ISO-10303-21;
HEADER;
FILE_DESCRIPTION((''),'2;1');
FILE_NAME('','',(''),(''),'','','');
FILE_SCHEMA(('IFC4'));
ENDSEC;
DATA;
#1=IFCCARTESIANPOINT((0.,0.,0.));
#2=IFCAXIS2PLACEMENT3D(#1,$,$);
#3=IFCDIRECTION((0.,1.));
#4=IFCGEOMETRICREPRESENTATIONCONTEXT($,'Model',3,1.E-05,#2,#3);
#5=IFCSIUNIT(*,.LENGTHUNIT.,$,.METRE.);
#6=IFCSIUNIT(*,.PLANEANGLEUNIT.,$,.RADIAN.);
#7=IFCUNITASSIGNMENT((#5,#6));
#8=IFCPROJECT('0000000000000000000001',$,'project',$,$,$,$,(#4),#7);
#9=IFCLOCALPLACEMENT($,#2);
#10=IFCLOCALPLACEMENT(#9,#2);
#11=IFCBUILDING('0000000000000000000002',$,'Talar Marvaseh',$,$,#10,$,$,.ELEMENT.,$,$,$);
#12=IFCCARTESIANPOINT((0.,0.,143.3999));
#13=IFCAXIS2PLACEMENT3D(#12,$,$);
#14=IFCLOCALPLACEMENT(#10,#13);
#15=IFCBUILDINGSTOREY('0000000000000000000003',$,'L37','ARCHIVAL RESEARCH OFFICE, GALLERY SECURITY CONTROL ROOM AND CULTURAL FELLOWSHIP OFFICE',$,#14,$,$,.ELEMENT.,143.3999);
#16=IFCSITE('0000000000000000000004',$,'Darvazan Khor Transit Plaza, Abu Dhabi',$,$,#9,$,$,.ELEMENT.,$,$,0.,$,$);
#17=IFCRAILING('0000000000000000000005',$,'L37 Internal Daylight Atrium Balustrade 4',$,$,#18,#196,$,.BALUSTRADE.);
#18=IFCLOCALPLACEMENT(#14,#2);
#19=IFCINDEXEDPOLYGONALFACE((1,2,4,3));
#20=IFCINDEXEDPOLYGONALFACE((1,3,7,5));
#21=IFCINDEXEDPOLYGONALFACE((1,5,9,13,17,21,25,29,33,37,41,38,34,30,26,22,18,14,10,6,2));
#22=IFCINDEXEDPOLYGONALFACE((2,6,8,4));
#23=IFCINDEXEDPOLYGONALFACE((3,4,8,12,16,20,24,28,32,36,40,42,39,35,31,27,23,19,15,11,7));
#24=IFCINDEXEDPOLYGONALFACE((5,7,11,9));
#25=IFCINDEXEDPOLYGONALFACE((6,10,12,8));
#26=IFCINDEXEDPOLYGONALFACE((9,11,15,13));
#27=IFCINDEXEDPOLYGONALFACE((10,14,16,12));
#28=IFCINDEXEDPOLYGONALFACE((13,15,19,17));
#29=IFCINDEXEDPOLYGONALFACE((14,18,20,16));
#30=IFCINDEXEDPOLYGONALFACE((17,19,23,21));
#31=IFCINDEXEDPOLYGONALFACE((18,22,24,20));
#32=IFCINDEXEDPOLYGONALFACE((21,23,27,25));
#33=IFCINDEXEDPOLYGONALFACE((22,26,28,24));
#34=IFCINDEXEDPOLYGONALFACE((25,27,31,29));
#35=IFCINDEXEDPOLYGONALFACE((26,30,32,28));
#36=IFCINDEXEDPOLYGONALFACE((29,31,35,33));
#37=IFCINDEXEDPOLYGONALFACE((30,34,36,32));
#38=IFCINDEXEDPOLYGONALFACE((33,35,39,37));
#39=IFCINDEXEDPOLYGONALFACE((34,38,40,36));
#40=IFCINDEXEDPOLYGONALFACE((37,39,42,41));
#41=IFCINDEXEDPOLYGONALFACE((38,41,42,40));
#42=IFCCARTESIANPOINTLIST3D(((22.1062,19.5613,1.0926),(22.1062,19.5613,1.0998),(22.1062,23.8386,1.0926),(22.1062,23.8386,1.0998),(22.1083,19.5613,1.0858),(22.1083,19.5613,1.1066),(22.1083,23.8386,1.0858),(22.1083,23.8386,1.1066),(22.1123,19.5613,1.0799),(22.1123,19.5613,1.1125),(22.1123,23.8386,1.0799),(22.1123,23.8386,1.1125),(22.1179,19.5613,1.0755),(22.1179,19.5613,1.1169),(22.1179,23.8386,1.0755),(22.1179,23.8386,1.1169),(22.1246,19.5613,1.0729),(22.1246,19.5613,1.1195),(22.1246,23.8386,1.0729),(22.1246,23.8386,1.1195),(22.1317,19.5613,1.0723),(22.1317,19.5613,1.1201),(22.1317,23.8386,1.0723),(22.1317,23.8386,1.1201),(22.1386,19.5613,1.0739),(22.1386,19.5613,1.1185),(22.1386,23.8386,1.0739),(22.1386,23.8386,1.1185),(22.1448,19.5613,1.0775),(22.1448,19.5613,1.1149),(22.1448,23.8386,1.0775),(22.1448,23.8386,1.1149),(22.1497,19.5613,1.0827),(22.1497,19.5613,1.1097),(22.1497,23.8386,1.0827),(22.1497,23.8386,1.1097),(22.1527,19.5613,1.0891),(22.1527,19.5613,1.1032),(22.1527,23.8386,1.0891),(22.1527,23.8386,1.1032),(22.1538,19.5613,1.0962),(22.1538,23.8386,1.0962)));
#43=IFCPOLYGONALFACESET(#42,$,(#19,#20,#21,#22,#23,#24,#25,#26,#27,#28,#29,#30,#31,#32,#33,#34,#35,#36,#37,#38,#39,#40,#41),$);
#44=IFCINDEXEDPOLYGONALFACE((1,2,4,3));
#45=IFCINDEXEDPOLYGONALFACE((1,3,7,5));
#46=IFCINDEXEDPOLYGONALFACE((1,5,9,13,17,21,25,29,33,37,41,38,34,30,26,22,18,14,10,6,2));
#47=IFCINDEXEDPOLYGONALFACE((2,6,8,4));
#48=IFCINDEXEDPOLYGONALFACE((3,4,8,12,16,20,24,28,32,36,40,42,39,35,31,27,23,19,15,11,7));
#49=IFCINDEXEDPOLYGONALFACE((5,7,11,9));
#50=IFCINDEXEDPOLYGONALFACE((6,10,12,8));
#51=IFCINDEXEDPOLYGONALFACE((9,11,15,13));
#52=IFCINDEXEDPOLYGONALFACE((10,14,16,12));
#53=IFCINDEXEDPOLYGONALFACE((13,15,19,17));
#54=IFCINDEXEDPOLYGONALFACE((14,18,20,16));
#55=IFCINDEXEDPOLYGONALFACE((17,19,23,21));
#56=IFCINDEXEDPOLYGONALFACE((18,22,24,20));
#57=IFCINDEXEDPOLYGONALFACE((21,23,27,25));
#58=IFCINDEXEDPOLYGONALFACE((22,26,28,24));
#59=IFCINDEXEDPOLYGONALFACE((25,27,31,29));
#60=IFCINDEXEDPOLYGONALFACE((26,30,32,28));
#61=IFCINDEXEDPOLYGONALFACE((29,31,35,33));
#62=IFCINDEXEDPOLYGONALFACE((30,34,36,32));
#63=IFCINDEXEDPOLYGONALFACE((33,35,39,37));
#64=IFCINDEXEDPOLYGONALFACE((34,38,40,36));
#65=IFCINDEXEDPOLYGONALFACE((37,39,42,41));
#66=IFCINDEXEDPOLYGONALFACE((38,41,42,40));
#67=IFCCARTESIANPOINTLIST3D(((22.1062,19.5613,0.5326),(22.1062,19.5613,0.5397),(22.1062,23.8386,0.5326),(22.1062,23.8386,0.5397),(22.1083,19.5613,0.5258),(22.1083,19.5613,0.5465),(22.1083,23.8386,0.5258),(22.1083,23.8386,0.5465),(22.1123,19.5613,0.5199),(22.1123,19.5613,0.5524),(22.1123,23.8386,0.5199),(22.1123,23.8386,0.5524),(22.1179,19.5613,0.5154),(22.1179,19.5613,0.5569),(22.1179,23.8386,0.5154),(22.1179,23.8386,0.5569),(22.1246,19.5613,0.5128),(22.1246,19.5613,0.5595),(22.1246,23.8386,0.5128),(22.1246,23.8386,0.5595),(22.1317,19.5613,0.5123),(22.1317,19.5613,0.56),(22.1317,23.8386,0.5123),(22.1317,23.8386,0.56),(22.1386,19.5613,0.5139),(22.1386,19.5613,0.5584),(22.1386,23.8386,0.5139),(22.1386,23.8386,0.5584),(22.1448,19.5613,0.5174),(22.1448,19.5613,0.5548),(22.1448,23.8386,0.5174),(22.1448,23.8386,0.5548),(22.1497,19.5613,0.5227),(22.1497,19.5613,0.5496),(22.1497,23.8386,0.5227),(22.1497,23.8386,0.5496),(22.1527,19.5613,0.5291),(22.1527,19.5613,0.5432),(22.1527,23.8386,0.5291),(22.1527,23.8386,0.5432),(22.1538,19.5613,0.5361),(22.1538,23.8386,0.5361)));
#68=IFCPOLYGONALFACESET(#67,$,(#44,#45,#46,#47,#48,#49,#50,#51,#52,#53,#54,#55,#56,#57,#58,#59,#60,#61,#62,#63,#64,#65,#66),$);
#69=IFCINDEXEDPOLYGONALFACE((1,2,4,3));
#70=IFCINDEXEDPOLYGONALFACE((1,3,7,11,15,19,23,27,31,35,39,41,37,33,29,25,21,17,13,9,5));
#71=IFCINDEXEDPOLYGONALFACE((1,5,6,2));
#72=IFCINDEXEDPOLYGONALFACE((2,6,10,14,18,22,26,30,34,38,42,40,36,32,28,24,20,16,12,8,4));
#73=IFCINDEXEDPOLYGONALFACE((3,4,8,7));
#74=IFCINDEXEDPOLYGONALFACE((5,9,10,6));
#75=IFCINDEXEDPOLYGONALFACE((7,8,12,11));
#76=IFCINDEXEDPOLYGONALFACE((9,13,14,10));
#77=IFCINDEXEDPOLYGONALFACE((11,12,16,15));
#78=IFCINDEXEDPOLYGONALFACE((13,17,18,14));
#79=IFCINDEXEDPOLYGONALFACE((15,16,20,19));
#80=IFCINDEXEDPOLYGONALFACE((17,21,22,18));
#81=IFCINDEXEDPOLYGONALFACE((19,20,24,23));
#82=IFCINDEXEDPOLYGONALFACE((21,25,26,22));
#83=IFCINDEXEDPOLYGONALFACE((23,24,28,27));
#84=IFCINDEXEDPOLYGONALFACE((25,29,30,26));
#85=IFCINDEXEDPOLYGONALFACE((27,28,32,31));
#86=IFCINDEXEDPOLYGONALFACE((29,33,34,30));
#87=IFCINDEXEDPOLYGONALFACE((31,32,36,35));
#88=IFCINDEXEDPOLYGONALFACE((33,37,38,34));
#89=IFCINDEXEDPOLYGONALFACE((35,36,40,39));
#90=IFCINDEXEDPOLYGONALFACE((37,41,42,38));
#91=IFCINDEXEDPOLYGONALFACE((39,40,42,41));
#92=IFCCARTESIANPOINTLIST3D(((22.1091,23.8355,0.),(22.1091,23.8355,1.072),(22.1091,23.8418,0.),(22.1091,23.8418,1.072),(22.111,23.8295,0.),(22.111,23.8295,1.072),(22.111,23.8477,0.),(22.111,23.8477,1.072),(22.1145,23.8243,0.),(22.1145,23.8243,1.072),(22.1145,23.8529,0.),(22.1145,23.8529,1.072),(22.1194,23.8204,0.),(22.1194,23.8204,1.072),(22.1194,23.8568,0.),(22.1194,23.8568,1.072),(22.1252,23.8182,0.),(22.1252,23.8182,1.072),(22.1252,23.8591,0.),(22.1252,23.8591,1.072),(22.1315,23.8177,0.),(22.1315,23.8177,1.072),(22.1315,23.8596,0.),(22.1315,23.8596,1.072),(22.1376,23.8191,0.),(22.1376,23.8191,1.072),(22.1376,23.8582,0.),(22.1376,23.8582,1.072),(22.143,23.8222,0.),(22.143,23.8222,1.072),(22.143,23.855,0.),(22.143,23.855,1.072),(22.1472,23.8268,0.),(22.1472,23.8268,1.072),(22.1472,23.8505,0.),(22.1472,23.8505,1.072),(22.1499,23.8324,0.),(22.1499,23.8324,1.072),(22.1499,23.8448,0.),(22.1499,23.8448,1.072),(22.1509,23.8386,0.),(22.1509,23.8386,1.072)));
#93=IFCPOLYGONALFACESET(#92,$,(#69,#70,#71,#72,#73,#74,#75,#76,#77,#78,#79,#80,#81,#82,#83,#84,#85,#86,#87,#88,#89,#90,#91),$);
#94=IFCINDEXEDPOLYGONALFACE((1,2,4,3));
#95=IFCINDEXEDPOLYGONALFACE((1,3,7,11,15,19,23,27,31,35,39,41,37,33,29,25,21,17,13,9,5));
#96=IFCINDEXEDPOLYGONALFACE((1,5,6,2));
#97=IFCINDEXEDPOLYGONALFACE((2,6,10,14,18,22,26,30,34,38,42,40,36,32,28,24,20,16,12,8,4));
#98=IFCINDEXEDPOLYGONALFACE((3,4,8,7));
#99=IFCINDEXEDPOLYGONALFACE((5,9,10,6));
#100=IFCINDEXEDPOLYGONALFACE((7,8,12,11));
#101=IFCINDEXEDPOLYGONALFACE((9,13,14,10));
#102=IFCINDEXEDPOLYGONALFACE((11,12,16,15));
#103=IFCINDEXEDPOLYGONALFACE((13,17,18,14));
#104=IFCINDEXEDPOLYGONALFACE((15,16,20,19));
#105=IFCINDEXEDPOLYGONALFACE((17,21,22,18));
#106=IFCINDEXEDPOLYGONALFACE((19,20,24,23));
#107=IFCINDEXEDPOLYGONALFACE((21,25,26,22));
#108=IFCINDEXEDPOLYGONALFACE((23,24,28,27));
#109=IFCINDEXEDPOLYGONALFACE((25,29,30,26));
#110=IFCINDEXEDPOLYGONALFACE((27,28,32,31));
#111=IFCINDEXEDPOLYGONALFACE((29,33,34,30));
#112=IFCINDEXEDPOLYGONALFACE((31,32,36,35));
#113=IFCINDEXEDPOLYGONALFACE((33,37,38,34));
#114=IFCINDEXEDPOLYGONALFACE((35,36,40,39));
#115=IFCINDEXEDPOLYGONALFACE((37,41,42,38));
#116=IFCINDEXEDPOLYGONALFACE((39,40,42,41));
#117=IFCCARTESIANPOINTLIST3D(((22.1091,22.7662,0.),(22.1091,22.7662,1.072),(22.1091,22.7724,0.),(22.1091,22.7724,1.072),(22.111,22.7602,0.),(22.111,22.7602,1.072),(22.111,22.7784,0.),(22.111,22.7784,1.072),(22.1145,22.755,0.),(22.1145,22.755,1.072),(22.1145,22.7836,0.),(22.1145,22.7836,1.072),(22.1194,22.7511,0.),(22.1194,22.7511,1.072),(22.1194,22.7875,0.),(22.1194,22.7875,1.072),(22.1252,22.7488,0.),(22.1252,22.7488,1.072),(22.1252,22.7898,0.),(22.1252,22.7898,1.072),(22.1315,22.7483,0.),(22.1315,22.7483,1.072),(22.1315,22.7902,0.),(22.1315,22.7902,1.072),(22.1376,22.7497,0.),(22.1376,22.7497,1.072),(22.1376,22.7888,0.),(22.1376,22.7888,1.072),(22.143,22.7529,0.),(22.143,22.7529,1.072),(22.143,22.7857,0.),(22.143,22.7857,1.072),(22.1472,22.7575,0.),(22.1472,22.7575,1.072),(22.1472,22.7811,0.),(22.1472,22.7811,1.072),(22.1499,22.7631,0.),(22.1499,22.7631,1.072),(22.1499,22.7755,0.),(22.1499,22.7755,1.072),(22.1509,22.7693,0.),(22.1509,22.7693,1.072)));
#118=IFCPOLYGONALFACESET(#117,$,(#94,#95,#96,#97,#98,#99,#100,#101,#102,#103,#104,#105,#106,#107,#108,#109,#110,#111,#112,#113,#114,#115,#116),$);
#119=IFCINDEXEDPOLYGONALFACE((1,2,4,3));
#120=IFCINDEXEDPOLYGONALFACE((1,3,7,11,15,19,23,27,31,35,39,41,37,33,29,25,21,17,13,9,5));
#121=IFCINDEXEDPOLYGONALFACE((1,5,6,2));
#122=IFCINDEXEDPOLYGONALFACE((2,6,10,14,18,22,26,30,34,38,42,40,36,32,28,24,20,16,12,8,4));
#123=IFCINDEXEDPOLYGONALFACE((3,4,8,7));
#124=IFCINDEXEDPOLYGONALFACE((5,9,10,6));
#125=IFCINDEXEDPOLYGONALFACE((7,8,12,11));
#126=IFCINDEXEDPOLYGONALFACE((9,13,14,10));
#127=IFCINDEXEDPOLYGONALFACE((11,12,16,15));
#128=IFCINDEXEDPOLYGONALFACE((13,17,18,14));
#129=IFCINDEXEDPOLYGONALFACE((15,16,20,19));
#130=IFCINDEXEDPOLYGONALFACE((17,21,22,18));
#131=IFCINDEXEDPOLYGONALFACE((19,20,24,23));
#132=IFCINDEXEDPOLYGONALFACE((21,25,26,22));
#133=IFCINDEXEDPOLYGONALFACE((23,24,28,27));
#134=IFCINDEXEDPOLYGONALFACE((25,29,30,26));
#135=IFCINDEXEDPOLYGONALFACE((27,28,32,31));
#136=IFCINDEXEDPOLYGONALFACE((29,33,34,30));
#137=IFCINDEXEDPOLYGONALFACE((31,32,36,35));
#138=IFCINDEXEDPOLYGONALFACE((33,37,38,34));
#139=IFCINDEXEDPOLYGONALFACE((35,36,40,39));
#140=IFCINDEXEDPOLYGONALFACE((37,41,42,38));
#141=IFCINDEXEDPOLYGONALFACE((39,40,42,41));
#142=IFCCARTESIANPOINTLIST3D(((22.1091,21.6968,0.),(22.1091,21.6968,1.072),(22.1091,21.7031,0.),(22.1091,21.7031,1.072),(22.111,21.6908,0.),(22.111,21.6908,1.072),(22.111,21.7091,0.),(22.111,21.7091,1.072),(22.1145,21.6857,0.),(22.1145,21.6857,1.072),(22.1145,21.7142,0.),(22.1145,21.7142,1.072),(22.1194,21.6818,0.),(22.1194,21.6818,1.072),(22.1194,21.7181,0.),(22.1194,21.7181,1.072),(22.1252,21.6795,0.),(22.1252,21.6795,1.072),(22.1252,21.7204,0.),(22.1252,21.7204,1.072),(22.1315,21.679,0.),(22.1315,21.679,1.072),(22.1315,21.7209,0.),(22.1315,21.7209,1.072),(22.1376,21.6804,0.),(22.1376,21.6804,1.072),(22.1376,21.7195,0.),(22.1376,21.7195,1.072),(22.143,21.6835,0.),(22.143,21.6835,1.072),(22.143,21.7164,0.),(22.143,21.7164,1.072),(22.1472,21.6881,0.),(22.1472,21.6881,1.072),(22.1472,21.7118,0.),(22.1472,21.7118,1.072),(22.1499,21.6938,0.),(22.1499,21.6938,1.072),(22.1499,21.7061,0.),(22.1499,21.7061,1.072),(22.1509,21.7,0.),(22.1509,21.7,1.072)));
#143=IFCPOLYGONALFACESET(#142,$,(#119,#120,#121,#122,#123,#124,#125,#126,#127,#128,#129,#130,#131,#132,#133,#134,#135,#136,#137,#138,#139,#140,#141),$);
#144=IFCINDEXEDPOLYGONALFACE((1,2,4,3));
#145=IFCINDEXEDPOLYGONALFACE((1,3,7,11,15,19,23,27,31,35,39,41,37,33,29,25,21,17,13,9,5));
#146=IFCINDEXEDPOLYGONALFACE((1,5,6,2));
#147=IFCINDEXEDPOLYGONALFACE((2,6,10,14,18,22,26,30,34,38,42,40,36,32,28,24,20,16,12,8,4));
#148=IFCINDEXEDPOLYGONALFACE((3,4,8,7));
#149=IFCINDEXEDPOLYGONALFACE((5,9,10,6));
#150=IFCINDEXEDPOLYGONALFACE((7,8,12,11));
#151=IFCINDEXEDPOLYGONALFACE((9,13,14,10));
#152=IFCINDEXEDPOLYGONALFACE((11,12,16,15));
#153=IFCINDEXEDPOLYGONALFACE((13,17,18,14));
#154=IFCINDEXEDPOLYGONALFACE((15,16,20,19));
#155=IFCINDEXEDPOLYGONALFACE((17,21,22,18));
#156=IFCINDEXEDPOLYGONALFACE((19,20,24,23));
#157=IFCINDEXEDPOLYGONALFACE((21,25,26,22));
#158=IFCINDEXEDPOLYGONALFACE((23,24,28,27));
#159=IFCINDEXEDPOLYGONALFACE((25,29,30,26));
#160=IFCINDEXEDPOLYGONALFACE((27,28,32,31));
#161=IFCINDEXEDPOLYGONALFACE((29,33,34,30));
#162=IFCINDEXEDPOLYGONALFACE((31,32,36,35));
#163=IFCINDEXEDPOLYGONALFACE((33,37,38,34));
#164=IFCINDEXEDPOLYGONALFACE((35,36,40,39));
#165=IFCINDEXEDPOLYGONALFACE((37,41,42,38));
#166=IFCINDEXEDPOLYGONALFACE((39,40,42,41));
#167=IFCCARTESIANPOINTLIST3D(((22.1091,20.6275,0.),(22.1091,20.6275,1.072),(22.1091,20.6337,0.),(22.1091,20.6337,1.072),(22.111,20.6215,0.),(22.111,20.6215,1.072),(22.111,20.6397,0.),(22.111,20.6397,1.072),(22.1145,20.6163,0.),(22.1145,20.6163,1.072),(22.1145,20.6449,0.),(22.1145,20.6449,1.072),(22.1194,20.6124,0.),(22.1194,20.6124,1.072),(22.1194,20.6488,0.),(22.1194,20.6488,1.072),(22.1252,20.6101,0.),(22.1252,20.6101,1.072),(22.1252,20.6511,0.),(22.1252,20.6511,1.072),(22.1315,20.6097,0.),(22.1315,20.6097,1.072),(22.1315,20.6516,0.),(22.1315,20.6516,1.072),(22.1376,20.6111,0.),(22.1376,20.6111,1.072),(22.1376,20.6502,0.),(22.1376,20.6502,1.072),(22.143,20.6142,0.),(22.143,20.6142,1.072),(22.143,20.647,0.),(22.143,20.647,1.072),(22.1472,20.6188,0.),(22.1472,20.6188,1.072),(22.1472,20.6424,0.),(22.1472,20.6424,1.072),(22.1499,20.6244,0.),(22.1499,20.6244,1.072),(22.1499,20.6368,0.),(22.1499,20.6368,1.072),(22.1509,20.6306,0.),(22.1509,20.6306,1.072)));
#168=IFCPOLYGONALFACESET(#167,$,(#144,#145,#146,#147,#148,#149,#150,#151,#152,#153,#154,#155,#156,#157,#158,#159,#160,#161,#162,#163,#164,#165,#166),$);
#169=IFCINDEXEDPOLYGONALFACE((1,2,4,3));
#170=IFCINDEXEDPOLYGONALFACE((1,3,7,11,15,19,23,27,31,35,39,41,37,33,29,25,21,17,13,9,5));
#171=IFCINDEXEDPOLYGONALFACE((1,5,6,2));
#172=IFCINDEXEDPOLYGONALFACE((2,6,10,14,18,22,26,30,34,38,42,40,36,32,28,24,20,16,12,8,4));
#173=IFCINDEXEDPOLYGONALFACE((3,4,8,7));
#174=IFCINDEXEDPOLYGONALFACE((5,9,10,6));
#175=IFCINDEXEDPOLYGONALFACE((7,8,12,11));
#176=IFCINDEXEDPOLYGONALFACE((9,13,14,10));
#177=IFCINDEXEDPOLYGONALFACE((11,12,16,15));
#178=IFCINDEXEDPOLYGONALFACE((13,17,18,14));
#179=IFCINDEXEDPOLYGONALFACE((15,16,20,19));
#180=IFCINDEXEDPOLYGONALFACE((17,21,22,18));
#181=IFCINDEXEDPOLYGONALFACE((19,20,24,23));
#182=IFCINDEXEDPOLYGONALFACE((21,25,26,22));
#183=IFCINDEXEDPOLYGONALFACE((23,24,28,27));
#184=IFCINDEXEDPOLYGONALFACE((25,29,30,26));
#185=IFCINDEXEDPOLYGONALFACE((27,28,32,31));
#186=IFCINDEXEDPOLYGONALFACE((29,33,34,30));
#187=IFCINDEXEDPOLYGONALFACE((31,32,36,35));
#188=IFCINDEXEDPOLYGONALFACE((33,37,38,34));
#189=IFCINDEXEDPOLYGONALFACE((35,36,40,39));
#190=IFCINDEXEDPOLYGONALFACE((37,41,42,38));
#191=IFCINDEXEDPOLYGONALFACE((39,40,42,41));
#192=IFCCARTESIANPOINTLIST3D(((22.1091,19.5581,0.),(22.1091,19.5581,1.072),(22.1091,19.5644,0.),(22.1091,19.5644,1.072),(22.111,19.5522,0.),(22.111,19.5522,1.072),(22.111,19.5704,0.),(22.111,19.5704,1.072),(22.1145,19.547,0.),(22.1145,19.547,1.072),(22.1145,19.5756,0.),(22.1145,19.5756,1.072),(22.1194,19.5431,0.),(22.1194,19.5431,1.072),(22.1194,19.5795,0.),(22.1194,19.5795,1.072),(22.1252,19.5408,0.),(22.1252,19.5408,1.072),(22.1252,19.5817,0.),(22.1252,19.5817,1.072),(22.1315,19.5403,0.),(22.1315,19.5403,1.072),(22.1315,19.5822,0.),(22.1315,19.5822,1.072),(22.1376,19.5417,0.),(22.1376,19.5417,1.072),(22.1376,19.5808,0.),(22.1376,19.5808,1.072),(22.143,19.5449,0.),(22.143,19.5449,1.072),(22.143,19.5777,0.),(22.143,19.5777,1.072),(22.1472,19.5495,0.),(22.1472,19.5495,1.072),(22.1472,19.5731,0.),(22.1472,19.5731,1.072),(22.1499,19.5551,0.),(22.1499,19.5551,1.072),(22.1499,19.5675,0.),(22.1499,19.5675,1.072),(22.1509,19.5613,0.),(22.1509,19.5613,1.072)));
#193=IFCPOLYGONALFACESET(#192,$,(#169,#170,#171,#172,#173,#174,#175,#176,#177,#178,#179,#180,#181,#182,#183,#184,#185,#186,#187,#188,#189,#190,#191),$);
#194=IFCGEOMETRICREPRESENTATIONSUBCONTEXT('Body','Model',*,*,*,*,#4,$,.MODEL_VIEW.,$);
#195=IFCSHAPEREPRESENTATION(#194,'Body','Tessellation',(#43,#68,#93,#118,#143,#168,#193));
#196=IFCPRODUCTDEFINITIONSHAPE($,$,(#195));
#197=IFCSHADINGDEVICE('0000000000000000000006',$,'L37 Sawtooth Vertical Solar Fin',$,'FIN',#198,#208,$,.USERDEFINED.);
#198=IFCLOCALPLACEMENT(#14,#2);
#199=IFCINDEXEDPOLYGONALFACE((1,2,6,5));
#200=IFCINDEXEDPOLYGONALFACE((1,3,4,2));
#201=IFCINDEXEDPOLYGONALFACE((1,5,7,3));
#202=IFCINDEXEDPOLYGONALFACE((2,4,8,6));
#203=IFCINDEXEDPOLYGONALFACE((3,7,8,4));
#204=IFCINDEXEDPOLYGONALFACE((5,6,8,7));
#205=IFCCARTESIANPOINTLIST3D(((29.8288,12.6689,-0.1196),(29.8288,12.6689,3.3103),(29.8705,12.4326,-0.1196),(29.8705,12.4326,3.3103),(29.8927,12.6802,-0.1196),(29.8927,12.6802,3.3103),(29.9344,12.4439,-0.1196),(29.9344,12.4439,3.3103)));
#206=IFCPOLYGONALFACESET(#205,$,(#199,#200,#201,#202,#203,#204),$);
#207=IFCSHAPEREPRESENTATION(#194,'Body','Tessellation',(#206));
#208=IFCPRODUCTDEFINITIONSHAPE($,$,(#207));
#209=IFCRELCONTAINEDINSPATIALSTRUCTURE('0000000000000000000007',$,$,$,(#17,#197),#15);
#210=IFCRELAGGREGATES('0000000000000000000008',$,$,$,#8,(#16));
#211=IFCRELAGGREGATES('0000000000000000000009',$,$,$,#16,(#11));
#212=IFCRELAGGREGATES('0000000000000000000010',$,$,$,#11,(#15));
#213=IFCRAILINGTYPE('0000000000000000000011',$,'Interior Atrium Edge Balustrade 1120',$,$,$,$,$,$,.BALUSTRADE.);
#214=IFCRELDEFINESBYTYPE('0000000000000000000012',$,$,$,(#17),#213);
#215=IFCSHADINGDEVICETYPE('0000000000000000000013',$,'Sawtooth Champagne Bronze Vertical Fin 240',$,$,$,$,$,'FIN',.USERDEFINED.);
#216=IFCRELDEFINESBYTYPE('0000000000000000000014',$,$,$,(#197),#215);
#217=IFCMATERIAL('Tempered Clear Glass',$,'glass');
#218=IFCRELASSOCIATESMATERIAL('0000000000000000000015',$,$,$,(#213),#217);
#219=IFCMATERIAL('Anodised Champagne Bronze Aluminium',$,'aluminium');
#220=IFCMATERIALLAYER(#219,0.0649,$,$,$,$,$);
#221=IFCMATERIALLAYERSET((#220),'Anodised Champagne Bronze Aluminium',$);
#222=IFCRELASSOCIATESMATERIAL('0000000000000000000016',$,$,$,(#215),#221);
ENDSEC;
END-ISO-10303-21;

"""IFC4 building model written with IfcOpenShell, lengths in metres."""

from ifc_helpers import new_model, si_unit, direction, frame, origin, origin_2d, place, context, subcontext, project, spatial, rectangle, circle, extrude, source, transform, mapped, material, layer, layer_set, type_object, type_shapes, element, save


model = new_model("IFC4")

# Units and contexts
model_context = context("Model", 3, precision=1e-05, world=origin(), true_north=direction((0.0, 1.0)))
body_context = subcontext(model_context, "Body", "Model", "MODEL_VIEW")
ifc_project = project(units=[si_unit("LENGTHUNIT", "METRE"), si_unit("PLANEANGLEUNIT", "RADIAN")], contexts=[model_context])

# Site, building, storey
site_placement = place(None, origin())
site = spatial("IfcSite", under=ifc_project, at=site_placement, Name="Darvazan Khor Transit Plaza, Abu Dhabi", CompositionType="ELEMENT", RefElevation=0.0)
building_placement = place(site_placement, origin())
building = spatial("IfcBuilding", under=site, at=building_placement, Name="Talar Marvaseh", CompositionType="ELEMENT")
storey_placement = place(building_placement, frame((0.0, 0.0, 143.3999)))
storey = spatial("IfcBuildingStorey", under=building, at=storey_placement, Name="L37", Description="ARCHIVAL RESEARCH OFFICE, GALLERY SECURITY CONTROL ROOM AND CULTURAL FELLOWSHIP OFFICE", CompositionType="ELEMENT", Elevation=143.3999)

# Railing
ifc_material_1 = material(Name="Tempered Clear Glass", Category="glass")
railing_type_1 = type_object("IfcRailingType", Name="Interior Atrium Edge Balustrade 1120", PredefinedType="BALUSTRADE", material=ifc_material_1)
railing_1_placement = place(storey_placement, frame((22.1299, 23.8386, 0.0)))
element("IfcRailing", 1, at=railing_1_placement, inside=storey, type_object=railing_type_1, Name="L37 Internal Daylight Atrium Balustrade 4", PredefinedType="BALUSTRADE", context=body_context, shape_type="SweptSolid", body=[
    extrude(circle(Radius=0.0239, at=origin_2d()), frame((0.0, 0.0, 1.0962), z_axis=(0.0, -1.0, 0.0), x_axis=(1.0, 0.0, 0.0)), (0.0, 0.0, 1.0), 4.2773),
    extrude(circle(Radius=0.0239, at=origin_2d()), frame((0.0, 0.0, 0.5361), z_axis=(0.0, -1.0, 0.0), x_axis=(1.0, 0.0, 0.0)), (0.0, 0.0, 1.0), 4.2773),
    extrude(circle(Radius=0.021, at=origin_2d()), origin(), (0.0, 0.0, 1.0), 1.072),
    extrude(circle(Radius=0.021, at=origin_2d()), frame((0.0, -1.0693, 0.0)), (0.0, 0.0, 1.0), 1.072),
    extrude(circle(Radius=0.021, at=origin_2d()), frame((0.0, -2.1387, 0.0)), (0.0, 0.0, 1.0), 1.072),
    extrude(circle(Radius=0.021, at=origin_2d()), frame((0.0, -3.208, 0.0)), (0.0, 0.0, 1.0), 1.072),
    extrude(circle(Radius=0.021, at=origin_2d()), frame((0.0, -4.2773, 0.0)), (0.0, 0.0, 1.0), 1.072),
])

# Shading device
ifc_material_2 = material(Name="Anodised Champagne Bronze Aluminium", Category="aluminium")
ifc_layer_1 = layer(ifc_material_2, 0.0649)
ifc_layer_set_1 = layer_set([ifc_layer_1], Name="Anodised Champagne Bronze Aluminium")
shading_device_type = type_object("IfcShadingDeviceType", Name="Sawtooth Champagne Bronze Vertical Fin 240", ElementType="FIN", PredefinedType="USERDEFINED", material=ifc_layer_set_1)
shared_shape_1 = source(origin(), body_context, "Body", "SweptSolid", [
    extrude(rectangle(XDim=0.24, YDim=0.0649, at=origin_2d()), origin(), (0.0, 0.0, 1.0), 3.4299),
])
type_shapes(shading_device_type, [shared_shape_1])
shading_device_placement = place(storey_placement, frame((29.8816, 12.5564, -0.1196), z_axis=(0.0, 0.0, 1.0), x_axis=(0.17382, -0.984777, 0.0)))
element("IfcShadingDevice", 2, at=shading_device_placement, inside=storey, type_object=shading_device_type, Name="L37 Sawtooth Vertical Solar Fin", ObjectType="FIN", PredefinedType="USERDEFINED", context=body_context, shape_type="MappedRepresentation", body=[
    mapped(shared_shape_1, transform((0.0, 0.0, 0.0), x_axis=(1.0, 0.0, 0.0), y_axis=(0.0, 1.0, 0.0), z_axis=(0.0, 0.0, 1.0), scale=1.0)),
])

save(model, "model.ifc")
